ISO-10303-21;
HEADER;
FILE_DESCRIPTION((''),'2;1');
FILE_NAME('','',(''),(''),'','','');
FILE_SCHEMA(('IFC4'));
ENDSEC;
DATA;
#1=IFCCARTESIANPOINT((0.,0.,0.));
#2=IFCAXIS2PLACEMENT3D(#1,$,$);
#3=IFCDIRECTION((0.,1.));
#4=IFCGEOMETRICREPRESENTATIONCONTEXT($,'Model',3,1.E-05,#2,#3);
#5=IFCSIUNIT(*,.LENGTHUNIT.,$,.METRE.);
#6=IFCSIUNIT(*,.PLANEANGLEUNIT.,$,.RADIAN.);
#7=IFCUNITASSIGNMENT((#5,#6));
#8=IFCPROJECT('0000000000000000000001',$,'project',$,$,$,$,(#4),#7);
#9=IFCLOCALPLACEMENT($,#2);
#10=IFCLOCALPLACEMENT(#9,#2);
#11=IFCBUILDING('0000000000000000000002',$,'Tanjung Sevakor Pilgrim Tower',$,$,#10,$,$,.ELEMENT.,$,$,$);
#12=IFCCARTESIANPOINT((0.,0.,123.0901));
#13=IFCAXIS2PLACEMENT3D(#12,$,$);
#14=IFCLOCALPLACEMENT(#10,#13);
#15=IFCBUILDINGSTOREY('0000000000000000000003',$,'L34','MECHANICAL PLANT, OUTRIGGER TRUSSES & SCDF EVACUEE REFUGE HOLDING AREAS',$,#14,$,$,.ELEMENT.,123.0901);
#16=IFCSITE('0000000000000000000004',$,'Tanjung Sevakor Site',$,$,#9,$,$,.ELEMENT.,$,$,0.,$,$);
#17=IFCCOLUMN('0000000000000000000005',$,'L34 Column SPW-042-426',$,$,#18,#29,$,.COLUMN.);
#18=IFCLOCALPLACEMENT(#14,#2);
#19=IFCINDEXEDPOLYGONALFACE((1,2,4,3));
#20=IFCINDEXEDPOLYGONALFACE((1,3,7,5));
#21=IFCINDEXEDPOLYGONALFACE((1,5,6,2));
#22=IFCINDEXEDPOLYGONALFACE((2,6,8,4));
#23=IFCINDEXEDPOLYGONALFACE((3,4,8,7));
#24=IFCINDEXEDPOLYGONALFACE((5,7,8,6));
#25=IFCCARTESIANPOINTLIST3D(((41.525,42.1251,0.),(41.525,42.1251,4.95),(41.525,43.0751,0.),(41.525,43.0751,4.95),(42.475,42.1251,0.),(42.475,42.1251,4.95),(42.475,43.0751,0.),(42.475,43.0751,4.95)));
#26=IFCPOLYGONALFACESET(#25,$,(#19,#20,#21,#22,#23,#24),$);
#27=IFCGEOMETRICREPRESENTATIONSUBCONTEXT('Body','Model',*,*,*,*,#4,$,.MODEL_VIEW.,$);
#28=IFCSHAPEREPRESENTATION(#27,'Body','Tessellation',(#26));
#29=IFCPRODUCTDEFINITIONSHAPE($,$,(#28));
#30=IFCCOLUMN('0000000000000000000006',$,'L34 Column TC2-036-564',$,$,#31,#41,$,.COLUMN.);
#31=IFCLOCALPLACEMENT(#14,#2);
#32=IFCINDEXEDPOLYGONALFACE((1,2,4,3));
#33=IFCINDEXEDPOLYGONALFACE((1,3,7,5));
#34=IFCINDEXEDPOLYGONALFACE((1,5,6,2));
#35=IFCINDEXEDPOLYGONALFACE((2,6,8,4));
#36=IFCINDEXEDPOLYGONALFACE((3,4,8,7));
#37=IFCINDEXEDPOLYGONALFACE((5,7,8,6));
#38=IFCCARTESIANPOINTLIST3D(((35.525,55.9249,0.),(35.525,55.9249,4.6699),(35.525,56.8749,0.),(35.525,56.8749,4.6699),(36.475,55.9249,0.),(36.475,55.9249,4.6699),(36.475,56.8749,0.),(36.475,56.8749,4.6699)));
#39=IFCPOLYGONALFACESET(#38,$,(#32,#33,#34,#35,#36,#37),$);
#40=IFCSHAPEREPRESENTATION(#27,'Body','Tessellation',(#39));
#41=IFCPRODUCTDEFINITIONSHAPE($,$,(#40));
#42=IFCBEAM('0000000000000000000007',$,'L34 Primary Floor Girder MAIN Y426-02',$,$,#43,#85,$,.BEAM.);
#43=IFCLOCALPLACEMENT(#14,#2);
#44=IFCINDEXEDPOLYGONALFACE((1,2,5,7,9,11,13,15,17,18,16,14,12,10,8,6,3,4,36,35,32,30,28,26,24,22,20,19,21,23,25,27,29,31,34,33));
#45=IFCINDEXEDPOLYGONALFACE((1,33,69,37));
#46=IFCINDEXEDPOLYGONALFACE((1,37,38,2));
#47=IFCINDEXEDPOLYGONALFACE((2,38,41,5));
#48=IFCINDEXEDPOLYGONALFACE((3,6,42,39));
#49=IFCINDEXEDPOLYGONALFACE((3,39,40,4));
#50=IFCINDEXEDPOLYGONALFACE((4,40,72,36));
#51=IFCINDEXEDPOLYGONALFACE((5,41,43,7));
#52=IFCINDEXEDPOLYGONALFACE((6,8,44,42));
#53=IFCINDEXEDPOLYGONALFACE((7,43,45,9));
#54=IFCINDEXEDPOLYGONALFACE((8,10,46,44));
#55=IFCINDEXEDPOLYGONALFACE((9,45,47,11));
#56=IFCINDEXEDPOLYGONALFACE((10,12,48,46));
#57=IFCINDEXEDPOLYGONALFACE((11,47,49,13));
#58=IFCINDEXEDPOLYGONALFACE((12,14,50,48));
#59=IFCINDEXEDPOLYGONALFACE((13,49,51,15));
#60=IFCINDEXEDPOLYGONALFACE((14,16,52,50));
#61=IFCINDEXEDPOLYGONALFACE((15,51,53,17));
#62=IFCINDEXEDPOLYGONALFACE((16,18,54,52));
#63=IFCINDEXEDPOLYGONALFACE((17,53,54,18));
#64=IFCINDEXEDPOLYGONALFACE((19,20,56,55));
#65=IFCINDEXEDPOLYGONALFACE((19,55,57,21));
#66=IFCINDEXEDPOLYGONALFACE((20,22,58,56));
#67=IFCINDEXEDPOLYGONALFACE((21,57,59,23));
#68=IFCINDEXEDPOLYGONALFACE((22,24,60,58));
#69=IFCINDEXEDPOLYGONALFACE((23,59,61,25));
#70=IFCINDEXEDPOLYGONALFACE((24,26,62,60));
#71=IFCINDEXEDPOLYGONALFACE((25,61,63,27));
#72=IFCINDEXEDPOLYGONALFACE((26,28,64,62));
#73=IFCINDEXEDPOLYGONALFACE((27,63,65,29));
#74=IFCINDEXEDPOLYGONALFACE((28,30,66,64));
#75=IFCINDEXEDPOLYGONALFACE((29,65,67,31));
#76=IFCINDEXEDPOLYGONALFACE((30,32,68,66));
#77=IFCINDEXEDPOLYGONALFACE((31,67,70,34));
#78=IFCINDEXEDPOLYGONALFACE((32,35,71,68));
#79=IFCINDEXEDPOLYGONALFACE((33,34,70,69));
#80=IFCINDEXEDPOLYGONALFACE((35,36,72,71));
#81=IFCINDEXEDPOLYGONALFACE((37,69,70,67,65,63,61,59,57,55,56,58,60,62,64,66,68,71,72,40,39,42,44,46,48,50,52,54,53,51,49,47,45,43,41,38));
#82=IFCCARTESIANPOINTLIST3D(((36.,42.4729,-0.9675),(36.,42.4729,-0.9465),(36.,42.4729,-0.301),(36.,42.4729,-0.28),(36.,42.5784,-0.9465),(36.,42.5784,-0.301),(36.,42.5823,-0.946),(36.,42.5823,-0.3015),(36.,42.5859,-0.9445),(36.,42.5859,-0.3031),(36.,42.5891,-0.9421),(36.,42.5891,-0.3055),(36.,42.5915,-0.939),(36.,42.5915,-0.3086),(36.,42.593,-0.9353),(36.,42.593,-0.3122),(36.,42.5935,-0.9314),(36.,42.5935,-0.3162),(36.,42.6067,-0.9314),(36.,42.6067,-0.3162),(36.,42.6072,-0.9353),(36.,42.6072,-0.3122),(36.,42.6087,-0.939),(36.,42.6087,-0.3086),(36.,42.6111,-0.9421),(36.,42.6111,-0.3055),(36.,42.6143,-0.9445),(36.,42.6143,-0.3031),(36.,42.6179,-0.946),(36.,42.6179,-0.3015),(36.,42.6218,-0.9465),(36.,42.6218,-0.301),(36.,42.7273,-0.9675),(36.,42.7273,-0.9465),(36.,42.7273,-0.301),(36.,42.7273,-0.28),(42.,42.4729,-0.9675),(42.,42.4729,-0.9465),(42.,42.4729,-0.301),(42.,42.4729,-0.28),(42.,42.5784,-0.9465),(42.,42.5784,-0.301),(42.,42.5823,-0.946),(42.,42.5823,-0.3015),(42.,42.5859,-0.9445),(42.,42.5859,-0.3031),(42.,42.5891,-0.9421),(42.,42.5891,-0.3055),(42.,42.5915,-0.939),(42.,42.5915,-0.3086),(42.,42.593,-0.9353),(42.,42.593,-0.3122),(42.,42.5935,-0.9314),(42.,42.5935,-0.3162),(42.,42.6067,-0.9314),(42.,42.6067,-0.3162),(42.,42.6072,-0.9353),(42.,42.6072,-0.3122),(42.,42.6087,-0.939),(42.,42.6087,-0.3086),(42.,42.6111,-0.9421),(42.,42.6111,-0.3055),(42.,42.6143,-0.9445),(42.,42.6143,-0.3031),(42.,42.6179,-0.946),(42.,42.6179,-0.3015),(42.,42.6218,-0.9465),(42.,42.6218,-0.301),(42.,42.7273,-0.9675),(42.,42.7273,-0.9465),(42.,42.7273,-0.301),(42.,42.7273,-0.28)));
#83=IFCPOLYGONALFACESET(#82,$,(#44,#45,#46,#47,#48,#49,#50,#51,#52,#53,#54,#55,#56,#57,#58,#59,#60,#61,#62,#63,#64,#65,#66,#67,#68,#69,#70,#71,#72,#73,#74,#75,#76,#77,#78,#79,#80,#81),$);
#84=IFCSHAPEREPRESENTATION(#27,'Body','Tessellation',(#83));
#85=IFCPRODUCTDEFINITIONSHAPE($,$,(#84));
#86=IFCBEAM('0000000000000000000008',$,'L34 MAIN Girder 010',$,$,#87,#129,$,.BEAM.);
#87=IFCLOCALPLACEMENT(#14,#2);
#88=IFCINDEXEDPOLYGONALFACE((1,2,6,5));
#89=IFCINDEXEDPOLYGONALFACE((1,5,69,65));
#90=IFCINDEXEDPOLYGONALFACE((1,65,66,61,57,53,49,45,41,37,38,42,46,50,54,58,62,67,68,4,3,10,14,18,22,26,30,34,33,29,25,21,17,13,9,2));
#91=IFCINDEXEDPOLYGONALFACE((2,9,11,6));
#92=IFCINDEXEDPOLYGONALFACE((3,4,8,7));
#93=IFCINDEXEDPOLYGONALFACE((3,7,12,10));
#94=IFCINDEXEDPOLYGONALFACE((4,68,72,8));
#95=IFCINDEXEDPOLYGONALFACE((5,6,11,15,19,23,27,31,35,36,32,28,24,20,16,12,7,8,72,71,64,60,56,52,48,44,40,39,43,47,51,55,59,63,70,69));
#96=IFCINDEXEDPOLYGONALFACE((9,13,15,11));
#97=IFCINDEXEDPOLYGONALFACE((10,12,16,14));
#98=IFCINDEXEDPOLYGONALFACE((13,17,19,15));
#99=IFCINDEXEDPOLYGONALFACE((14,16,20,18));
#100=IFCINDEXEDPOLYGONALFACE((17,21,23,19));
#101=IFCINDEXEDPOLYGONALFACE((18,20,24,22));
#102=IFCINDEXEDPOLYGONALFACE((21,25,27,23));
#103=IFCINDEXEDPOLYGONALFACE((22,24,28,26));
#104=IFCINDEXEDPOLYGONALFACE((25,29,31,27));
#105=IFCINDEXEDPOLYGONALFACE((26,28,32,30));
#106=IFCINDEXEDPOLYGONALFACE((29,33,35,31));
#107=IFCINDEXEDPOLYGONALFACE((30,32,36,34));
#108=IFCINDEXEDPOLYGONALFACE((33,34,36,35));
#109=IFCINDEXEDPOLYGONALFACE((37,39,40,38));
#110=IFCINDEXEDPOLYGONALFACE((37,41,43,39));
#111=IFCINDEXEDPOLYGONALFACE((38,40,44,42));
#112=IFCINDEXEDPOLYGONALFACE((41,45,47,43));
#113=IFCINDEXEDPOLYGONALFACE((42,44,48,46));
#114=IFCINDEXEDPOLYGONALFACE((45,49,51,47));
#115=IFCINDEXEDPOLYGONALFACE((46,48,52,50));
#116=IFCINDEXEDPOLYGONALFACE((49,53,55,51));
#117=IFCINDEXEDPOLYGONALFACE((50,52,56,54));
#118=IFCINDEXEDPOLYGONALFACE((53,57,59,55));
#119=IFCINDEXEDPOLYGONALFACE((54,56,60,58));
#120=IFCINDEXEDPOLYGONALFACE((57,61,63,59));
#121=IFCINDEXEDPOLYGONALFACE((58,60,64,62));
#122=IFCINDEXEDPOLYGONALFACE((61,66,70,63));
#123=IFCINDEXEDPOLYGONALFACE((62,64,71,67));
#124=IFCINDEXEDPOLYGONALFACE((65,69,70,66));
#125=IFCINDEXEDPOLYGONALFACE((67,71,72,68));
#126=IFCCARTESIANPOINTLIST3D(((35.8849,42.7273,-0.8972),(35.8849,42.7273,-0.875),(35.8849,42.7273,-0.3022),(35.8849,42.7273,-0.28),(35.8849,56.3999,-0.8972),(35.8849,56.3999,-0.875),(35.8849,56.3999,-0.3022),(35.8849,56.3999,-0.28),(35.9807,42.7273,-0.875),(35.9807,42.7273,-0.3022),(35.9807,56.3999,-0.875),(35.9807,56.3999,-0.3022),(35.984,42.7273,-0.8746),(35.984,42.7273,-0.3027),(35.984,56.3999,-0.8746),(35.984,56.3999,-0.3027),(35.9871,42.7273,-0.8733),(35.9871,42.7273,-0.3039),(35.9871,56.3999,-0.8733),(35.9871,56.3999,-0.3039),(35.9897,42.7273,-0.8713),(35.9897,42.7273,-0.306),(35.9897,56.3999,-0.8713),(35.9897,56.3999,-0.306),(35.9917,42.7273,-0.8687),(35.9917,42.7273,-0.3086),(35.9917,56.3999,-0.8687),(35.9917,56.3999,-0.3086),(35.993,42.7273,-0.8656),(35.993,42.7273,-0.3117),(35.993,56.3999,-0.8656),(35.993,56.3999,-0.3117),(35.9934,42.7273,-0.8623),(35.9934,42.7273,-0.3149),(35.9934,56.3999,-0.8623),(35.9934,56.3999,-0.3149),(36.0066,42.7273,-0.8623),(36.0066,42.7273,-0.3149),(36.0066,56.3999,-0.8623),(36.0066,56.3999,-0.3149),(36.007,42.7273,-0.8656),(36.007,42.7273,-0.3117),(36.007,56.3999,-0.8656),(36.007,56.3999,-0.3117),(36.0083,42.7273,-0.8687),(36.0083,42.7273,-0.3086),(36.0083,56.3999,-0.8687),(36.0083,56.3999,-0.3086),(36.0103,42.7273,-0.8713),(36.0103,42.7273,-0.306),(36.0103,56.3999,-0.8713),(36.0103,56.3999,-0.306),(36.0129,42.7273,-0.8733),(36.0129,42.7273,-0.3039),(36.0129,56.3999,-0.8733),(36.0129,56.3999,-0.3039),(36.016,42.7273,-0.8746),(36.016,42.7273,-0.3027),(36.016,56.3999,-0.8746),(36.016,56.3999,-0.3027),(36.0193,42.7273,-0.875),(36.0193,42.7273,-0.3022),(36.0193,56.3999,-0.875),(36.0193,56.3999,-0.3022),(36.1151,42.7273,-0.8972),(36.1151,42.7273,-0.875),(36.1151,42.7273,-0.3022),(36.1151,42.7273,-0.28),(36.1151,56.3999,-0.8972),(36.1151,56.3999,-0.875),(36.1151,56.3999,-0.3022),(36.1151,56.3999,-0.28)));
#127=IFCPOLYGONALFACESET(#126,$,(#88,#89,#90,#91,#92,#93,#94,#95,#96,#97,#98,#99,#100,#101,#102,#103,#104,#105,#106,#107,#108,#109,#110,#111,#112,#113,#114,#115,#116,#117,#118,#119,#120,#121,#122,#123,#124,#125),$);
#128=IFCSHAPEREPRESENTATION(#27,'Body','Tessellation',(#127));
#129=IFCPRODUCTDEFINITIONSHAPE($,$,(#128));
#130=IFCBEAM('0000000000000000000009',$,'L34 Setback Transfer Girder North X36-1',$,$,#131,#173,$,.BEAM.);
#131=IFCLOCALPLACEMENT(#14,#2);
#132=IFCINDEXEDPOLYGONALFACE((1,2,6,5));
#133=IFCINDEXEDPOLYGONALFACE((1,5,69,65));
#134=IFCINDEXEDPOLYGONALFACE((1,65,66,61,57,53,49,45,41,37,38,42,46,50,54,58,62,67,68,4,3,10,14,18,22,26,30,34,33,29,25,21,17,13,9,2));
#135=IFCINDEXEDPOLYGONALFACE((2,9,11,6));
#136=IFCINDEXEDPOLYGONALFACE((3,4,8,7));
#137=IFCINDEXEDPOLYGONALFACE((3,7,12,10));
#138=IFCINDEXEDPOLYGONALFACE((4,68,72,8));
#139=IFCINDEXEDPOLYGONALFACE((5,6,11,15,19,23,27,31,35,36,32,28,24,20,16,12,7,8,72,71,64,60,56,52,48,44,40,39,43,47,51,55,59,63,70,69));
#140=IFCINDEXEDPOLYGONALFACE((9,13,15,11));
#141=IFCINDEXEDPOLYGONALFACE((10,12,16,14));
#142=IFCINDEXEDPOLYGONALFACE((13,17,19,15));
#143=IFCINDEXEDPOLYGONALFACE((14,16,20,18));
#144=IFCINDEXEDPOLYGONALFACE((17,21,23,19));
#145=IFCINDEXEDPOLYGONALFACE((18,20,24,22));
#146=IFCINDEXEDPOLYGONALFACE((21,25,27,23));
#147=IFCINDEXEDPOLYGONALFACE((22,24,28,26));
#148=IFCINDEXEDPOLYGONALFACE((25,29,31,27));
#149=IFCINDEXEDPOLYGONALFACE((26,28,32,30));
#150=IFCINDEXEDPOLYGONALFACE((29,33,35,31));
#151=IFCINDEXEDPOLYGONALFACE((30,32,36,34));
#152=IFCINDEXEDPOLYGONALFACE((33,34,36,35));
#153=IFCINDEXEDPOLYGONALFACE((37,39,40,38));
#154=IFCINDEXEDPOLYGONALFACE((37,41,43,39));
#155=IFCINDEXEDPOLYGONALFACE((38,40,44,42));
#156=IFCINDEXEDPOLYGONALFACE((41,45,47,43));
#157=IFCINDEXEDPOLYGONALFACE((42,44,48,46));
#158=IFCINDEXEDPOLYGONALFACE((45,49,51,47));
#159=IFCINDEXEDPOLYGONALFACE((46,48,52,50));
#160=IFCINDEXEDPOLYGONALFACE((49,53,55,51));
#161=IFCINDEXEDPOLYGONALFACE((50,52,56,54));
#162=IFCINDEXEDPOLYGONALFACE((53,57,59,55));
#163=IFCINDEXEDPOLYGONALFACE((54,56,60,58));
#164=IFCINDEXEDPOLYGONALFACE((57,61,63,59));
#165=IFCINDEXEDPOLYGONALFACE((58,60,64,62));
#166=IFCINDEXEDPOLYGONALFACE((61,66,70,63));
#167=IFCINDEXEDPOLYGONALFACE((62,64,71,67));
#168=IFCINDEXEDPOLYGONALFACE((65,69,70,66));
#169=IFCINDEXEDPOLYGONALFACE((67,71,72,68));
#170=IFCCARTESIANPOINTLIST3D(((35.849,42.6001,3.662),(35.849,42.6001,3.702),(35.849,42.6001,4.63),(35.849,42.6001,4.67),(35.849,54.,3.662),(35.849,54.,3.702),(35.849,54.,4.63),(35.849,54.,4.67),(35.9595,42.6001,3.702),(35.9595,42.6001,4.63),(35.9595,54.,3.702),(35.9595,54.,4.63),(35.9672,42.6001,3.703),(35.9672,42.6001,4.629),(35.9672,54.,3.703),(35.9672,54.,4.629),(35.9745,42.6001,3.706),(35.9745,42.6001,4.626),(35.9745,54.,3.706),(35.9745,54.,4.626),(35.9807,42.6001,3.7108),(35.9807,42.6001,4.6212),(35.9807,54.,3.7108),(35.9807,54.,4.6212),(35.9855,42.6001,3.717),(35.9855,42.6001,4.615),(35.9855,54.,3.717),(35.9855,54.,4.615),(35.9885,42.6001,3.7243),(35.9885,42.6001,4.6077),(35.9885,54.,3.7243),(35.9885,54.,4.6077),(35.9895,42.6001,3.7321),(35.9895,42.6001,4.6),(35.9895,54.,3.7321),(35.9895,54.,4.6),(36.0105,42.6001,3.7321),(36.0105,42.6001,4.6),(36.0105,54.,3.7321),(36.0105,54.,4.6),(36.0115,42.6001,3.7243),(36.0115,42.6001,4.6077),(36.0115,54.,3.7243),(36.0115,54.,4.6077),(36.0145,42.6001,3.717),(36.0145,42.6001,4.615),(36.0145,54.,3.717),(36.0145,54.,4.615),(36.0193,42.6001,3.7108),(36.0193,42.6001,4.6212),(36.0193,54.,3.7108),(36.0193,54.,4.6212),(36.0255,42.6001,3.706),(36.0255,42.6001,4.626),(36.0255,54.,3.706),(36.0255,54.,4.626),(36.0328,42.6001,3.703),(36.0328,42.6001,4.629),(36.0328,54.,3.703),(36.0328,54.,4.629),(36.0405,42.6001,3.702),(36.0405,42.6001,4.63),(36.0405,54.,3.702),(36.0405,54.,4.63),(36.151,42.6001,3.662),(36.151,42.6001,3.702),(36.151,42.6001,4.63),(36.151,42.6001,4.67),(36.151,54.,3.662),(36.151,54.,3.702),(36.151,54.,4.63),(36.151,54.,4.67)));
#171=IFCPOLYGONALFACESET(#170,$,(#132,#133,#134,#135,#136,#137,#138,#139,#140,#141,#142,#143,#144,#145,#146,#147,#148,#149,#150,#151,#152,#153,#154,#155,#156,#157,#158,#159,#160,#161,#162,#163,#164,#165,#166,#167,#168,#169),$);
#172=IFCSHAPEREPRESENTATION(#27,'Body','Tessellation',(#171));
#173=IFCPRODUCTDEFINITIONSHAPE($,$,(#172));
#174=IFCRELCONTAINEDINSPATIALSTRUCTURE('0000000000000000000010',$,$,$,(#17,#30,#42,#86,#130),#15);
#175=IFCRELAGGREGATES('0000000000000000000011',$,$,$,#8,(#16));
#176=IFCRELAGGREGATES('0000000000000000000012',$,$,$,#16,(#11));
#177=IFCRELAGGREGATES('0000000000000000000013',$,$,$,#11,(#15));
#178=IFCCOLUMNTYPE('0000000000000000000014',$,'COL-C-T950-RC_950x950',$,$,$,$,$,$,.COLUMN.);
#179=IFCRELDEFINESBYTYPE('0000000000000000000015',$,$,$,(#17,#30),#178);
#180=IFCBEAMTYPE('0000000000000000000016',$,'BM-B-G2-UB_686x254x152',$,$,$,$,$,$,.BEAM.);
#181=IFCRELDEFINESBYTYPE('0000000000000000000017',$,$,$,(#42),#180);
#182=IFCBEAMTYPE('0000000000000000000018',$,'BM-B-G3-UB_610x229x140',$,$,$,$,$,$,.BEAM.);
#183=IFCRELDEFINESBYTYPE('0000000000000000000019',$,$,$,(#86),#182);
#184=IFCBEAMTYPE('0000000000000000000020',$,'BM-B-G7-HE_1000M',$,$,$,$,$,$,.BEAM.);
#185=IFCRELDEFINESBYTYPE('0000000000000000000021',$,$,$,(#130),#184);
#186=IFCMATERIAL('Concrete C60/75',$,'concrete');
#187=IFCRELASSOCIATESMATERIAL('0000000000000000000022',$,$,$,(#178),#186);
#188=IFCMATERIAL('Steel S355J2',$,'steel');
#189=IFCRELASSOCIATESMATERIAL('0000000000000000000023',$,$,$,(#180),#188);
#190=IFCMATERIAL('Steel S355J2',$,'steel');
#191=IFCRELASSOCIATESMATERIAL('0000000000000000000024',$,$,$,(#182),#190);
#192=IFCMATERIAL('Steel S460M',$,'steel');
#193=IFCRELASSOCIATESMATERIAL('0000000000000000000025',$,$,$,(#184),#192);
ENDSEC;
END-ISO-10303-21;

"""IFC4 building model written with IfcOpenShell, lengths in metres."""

from ifc_helpers import new_model, si_unit, direction, frame, origin, origin_2d, place, context, subcontext, project, spatial, rectangle, i_section, extrude, material, material_profile, profile_set, type_object, element, save


model = new_model("IFC4")

# Units and contexts
model_context = context("Model", 3, precision=1e-05, world=origin(), true_north=direction((0.0, 1.0)))
body_context = subcontext(model_context, "Body", "Model", "MODEL_VIEW")
ifc_project = project(units=[si_unit("LENGTHUNIT", "METRE"), si_unit("PLANEANGLEUNIT", "RADIAN")], contexts=[model_context])

# Site, building, storey
site_placement = place(None, origin())
site = spatial("IfcSite", under=ifc_project, at=site_placement, Name="Tanjung Sevakor Site", CompositionType="ELEMENT", RefElevation=0.0)
building_placement = place(site_placement, origin())
building = spatial("IfcBuilding", under=site, at=building_placement, Name="Tanjung Sevakor Pilgrim Tower", CompositionType="ELEMENT")
storey_placement = place(building_placement, frame((0.0, 0.0, 123.0901)))
storey = spatial("IfcBuildingStorey", under=building, at=storey_placement, Name="L34", Description="MECHANICAL PLANT, OUTRIGGER TRUSSES & SCDF EVACUEE REFUGE HOLDING AREAS", CompositionType="ELEMENT", Elevation=123.0901)

# Columns
ifc_material_1 = material(Name="Concrete C60/75", Category="concrete")
ifc_material_profile_1 = material_profile(ifc_material_1, rectangle(XDim=0.95, YDim=0.95, at=origin_2d()))
ifc_profile_set_1 = profile_set([ifc_material_profile_1], Name="Concrete C60/75")
column_type = type_object("IfcColumnType", Name="COL-C-T950-RC_950x950", PredefinedType="COLUMN", material=ifc_profile_set_1)
column_1_placement = place(storey_placement, frame((42.0, 42.6001, 0.0), z_axis=(0.0, 0.0, 1.0), x_axis=(1.0, 0.0, 0.0)))
element("IfcColumn", 1, at=column_1_placement, inside=storey, type_object=column_type, Name="L34 Column SPW-042-426", PredefinedType="COLUMN", context=body_context, shape_type="SweptSolid", body=[
    extrude(rectangle(XDim=0.95, YDim=0.95, at=origin_2d()), origin(), (0.0, 0.0, 1.0), 4.95),
])
column_2_placement = place(storey_placement, frame((36.0, 56.3999, 0.0), z_axis=(0.0, 0.0, 1.0), x_axis=(1.0, 0.0, 0.0)))
element("IfcColumn", 2, at=column_2_placement, inside=storey, type_object=column_type, Name="L34 Column TC2-036-564", PredefinedType="COLUMN", context=body_context, shape_type="SweptSolid", body=[
    extrude(rectangle(XDim=0.95, YDim=0.95, at=origin_2d()), origin(), (0.0, 0.0, 1.0), 4.6699),
])

# Beams
ifc_material_2 = material(Name="Steel S355J2", Category="steel")
ifc_material_profile_2 = material_profile(ifc_material_2, i_section(OverallWidth=0.2544, OverallDepth=0.6875, WebThickness=0.0132, FlangeThickness=0.021, FilletRadius=0.0151, at=origin_2d()))
ifc_profile_set_2 = profile_set([ifc_material_profile_2], Name="Steel S355J2")
beam_type_1 = type_object("IfcBeamType", Name="BM-B-G2-UB_686x254x152", PredefinedType="BEAM", material=ifc_profile_set_2)
beam_1_placement = place(storey_placement, frame((36.0, 42.6001, -0.6238), z_axis=(1.0, 0.0, 0.0), x_axis=(0.0, 1.0, 0.0)))
element("IfcBeam", 3, at=beam_1_placement, inside=storey, type_object=beam_type_1, Name="L34 Primary Floor Girder MAIN Y426-02", PredefinedType="BEAM", context=body_context, shape_type="SweptSolid", body=[
    extrude(i_section(OverallWidth=0.2544, OverallDepth=0.6875, WebThickness=0.0132, FlangeThickness=0.021, FilletRadius=0.0151, at=origin_2d()), origin(), (0.0, 0.0, 1.0), 6.0),
])
ifc_material_3 = material(Name="Steel S355J2", Category="steel")
ifc_material_profile_3 = material_profile(ifc_material_3, i_section(OverallWidth=0.2302, OverallDepth=0.6172, WebThickness=0.0132, FlangeThickness=0.0222, FilletRadius=0.0127, at=origin_2d()))
ifc_profile_set_3 = profile_set([ifc_material_profile_3], Name="Steel S355J2")
beam_type_2 = type_object("IfcBeamType", Name="BM-B-G3-UB_610x229x140", PredefinedType="BEAM", material=ifc_profile_set_3)
beam_2_placement = place(storey_placement, frame((36.0, 42.7273, -0.5886), z_axis=(0.0, 1.0, 0.0), x_axis=(-1.0, 0.0, 0.0)))
element("IfcBeam", 4, at=beam_2_placement, inside=storey, type_object=beam_type_2, Name="L34 MAIN Girder 010", PredefinedType="BEAM", context=body_context, shape_type="SweptSolid", body=[
    extrude(i_section(OverallWidth=0.2302, OverallDepth=0.6172, WebThickness=0.0132, FlangeThickness=0.0222, FilletRadius=0.0127, at=origin_2d()), origin(), (0.0, 0.0, 1.0), 13.6726),
])
ifc_material_4 = material(Name="Steel S460M", Category="steel")
ifc_material_profile_4 = material_profile(ifc_material_4, i_section(OverallWidth=0.302, OverallDepth=1.0081, WebThickness=0.021, FlangeThickness=0.04, FilletRadius=0.03, at=origin_2d()))
ifc_profile_set_4 = profile_set([ifc_material_profile_4], Name="Steel S460M")
beam_type_3 = type_object("IfcBeamType", Name="BM-B-G7-HE_1000M", PredefinedType="BEAM", material=ifc_profile_set_4)
beam_3_placement = place(storey_placement, frame((36.0, 42.6001, 4.166), z_axis=(0.0, 1.0, 0.0), x_axis=(-1.0, 0.0, 0.0)))
element("IfcBeam", 5, at=beam_3_placement, inside=storey, type_object=beam_type_3, Name="L34 Setback Transfer Girder North X36-1", PredefinedType="BEAM", context=body_context, shape_type="SweptSolid", body=[
    extrude(i_section(OverallWidth=0.302, OverallDepth=1.0081, WebThickness=0.021, FlangeThickness=0.04, FilletRadius=0.03, at=origin_2d()), origin(), (0.0, 0.0, 1.0), 11.3999),
])

save(model, "model.ifc")
